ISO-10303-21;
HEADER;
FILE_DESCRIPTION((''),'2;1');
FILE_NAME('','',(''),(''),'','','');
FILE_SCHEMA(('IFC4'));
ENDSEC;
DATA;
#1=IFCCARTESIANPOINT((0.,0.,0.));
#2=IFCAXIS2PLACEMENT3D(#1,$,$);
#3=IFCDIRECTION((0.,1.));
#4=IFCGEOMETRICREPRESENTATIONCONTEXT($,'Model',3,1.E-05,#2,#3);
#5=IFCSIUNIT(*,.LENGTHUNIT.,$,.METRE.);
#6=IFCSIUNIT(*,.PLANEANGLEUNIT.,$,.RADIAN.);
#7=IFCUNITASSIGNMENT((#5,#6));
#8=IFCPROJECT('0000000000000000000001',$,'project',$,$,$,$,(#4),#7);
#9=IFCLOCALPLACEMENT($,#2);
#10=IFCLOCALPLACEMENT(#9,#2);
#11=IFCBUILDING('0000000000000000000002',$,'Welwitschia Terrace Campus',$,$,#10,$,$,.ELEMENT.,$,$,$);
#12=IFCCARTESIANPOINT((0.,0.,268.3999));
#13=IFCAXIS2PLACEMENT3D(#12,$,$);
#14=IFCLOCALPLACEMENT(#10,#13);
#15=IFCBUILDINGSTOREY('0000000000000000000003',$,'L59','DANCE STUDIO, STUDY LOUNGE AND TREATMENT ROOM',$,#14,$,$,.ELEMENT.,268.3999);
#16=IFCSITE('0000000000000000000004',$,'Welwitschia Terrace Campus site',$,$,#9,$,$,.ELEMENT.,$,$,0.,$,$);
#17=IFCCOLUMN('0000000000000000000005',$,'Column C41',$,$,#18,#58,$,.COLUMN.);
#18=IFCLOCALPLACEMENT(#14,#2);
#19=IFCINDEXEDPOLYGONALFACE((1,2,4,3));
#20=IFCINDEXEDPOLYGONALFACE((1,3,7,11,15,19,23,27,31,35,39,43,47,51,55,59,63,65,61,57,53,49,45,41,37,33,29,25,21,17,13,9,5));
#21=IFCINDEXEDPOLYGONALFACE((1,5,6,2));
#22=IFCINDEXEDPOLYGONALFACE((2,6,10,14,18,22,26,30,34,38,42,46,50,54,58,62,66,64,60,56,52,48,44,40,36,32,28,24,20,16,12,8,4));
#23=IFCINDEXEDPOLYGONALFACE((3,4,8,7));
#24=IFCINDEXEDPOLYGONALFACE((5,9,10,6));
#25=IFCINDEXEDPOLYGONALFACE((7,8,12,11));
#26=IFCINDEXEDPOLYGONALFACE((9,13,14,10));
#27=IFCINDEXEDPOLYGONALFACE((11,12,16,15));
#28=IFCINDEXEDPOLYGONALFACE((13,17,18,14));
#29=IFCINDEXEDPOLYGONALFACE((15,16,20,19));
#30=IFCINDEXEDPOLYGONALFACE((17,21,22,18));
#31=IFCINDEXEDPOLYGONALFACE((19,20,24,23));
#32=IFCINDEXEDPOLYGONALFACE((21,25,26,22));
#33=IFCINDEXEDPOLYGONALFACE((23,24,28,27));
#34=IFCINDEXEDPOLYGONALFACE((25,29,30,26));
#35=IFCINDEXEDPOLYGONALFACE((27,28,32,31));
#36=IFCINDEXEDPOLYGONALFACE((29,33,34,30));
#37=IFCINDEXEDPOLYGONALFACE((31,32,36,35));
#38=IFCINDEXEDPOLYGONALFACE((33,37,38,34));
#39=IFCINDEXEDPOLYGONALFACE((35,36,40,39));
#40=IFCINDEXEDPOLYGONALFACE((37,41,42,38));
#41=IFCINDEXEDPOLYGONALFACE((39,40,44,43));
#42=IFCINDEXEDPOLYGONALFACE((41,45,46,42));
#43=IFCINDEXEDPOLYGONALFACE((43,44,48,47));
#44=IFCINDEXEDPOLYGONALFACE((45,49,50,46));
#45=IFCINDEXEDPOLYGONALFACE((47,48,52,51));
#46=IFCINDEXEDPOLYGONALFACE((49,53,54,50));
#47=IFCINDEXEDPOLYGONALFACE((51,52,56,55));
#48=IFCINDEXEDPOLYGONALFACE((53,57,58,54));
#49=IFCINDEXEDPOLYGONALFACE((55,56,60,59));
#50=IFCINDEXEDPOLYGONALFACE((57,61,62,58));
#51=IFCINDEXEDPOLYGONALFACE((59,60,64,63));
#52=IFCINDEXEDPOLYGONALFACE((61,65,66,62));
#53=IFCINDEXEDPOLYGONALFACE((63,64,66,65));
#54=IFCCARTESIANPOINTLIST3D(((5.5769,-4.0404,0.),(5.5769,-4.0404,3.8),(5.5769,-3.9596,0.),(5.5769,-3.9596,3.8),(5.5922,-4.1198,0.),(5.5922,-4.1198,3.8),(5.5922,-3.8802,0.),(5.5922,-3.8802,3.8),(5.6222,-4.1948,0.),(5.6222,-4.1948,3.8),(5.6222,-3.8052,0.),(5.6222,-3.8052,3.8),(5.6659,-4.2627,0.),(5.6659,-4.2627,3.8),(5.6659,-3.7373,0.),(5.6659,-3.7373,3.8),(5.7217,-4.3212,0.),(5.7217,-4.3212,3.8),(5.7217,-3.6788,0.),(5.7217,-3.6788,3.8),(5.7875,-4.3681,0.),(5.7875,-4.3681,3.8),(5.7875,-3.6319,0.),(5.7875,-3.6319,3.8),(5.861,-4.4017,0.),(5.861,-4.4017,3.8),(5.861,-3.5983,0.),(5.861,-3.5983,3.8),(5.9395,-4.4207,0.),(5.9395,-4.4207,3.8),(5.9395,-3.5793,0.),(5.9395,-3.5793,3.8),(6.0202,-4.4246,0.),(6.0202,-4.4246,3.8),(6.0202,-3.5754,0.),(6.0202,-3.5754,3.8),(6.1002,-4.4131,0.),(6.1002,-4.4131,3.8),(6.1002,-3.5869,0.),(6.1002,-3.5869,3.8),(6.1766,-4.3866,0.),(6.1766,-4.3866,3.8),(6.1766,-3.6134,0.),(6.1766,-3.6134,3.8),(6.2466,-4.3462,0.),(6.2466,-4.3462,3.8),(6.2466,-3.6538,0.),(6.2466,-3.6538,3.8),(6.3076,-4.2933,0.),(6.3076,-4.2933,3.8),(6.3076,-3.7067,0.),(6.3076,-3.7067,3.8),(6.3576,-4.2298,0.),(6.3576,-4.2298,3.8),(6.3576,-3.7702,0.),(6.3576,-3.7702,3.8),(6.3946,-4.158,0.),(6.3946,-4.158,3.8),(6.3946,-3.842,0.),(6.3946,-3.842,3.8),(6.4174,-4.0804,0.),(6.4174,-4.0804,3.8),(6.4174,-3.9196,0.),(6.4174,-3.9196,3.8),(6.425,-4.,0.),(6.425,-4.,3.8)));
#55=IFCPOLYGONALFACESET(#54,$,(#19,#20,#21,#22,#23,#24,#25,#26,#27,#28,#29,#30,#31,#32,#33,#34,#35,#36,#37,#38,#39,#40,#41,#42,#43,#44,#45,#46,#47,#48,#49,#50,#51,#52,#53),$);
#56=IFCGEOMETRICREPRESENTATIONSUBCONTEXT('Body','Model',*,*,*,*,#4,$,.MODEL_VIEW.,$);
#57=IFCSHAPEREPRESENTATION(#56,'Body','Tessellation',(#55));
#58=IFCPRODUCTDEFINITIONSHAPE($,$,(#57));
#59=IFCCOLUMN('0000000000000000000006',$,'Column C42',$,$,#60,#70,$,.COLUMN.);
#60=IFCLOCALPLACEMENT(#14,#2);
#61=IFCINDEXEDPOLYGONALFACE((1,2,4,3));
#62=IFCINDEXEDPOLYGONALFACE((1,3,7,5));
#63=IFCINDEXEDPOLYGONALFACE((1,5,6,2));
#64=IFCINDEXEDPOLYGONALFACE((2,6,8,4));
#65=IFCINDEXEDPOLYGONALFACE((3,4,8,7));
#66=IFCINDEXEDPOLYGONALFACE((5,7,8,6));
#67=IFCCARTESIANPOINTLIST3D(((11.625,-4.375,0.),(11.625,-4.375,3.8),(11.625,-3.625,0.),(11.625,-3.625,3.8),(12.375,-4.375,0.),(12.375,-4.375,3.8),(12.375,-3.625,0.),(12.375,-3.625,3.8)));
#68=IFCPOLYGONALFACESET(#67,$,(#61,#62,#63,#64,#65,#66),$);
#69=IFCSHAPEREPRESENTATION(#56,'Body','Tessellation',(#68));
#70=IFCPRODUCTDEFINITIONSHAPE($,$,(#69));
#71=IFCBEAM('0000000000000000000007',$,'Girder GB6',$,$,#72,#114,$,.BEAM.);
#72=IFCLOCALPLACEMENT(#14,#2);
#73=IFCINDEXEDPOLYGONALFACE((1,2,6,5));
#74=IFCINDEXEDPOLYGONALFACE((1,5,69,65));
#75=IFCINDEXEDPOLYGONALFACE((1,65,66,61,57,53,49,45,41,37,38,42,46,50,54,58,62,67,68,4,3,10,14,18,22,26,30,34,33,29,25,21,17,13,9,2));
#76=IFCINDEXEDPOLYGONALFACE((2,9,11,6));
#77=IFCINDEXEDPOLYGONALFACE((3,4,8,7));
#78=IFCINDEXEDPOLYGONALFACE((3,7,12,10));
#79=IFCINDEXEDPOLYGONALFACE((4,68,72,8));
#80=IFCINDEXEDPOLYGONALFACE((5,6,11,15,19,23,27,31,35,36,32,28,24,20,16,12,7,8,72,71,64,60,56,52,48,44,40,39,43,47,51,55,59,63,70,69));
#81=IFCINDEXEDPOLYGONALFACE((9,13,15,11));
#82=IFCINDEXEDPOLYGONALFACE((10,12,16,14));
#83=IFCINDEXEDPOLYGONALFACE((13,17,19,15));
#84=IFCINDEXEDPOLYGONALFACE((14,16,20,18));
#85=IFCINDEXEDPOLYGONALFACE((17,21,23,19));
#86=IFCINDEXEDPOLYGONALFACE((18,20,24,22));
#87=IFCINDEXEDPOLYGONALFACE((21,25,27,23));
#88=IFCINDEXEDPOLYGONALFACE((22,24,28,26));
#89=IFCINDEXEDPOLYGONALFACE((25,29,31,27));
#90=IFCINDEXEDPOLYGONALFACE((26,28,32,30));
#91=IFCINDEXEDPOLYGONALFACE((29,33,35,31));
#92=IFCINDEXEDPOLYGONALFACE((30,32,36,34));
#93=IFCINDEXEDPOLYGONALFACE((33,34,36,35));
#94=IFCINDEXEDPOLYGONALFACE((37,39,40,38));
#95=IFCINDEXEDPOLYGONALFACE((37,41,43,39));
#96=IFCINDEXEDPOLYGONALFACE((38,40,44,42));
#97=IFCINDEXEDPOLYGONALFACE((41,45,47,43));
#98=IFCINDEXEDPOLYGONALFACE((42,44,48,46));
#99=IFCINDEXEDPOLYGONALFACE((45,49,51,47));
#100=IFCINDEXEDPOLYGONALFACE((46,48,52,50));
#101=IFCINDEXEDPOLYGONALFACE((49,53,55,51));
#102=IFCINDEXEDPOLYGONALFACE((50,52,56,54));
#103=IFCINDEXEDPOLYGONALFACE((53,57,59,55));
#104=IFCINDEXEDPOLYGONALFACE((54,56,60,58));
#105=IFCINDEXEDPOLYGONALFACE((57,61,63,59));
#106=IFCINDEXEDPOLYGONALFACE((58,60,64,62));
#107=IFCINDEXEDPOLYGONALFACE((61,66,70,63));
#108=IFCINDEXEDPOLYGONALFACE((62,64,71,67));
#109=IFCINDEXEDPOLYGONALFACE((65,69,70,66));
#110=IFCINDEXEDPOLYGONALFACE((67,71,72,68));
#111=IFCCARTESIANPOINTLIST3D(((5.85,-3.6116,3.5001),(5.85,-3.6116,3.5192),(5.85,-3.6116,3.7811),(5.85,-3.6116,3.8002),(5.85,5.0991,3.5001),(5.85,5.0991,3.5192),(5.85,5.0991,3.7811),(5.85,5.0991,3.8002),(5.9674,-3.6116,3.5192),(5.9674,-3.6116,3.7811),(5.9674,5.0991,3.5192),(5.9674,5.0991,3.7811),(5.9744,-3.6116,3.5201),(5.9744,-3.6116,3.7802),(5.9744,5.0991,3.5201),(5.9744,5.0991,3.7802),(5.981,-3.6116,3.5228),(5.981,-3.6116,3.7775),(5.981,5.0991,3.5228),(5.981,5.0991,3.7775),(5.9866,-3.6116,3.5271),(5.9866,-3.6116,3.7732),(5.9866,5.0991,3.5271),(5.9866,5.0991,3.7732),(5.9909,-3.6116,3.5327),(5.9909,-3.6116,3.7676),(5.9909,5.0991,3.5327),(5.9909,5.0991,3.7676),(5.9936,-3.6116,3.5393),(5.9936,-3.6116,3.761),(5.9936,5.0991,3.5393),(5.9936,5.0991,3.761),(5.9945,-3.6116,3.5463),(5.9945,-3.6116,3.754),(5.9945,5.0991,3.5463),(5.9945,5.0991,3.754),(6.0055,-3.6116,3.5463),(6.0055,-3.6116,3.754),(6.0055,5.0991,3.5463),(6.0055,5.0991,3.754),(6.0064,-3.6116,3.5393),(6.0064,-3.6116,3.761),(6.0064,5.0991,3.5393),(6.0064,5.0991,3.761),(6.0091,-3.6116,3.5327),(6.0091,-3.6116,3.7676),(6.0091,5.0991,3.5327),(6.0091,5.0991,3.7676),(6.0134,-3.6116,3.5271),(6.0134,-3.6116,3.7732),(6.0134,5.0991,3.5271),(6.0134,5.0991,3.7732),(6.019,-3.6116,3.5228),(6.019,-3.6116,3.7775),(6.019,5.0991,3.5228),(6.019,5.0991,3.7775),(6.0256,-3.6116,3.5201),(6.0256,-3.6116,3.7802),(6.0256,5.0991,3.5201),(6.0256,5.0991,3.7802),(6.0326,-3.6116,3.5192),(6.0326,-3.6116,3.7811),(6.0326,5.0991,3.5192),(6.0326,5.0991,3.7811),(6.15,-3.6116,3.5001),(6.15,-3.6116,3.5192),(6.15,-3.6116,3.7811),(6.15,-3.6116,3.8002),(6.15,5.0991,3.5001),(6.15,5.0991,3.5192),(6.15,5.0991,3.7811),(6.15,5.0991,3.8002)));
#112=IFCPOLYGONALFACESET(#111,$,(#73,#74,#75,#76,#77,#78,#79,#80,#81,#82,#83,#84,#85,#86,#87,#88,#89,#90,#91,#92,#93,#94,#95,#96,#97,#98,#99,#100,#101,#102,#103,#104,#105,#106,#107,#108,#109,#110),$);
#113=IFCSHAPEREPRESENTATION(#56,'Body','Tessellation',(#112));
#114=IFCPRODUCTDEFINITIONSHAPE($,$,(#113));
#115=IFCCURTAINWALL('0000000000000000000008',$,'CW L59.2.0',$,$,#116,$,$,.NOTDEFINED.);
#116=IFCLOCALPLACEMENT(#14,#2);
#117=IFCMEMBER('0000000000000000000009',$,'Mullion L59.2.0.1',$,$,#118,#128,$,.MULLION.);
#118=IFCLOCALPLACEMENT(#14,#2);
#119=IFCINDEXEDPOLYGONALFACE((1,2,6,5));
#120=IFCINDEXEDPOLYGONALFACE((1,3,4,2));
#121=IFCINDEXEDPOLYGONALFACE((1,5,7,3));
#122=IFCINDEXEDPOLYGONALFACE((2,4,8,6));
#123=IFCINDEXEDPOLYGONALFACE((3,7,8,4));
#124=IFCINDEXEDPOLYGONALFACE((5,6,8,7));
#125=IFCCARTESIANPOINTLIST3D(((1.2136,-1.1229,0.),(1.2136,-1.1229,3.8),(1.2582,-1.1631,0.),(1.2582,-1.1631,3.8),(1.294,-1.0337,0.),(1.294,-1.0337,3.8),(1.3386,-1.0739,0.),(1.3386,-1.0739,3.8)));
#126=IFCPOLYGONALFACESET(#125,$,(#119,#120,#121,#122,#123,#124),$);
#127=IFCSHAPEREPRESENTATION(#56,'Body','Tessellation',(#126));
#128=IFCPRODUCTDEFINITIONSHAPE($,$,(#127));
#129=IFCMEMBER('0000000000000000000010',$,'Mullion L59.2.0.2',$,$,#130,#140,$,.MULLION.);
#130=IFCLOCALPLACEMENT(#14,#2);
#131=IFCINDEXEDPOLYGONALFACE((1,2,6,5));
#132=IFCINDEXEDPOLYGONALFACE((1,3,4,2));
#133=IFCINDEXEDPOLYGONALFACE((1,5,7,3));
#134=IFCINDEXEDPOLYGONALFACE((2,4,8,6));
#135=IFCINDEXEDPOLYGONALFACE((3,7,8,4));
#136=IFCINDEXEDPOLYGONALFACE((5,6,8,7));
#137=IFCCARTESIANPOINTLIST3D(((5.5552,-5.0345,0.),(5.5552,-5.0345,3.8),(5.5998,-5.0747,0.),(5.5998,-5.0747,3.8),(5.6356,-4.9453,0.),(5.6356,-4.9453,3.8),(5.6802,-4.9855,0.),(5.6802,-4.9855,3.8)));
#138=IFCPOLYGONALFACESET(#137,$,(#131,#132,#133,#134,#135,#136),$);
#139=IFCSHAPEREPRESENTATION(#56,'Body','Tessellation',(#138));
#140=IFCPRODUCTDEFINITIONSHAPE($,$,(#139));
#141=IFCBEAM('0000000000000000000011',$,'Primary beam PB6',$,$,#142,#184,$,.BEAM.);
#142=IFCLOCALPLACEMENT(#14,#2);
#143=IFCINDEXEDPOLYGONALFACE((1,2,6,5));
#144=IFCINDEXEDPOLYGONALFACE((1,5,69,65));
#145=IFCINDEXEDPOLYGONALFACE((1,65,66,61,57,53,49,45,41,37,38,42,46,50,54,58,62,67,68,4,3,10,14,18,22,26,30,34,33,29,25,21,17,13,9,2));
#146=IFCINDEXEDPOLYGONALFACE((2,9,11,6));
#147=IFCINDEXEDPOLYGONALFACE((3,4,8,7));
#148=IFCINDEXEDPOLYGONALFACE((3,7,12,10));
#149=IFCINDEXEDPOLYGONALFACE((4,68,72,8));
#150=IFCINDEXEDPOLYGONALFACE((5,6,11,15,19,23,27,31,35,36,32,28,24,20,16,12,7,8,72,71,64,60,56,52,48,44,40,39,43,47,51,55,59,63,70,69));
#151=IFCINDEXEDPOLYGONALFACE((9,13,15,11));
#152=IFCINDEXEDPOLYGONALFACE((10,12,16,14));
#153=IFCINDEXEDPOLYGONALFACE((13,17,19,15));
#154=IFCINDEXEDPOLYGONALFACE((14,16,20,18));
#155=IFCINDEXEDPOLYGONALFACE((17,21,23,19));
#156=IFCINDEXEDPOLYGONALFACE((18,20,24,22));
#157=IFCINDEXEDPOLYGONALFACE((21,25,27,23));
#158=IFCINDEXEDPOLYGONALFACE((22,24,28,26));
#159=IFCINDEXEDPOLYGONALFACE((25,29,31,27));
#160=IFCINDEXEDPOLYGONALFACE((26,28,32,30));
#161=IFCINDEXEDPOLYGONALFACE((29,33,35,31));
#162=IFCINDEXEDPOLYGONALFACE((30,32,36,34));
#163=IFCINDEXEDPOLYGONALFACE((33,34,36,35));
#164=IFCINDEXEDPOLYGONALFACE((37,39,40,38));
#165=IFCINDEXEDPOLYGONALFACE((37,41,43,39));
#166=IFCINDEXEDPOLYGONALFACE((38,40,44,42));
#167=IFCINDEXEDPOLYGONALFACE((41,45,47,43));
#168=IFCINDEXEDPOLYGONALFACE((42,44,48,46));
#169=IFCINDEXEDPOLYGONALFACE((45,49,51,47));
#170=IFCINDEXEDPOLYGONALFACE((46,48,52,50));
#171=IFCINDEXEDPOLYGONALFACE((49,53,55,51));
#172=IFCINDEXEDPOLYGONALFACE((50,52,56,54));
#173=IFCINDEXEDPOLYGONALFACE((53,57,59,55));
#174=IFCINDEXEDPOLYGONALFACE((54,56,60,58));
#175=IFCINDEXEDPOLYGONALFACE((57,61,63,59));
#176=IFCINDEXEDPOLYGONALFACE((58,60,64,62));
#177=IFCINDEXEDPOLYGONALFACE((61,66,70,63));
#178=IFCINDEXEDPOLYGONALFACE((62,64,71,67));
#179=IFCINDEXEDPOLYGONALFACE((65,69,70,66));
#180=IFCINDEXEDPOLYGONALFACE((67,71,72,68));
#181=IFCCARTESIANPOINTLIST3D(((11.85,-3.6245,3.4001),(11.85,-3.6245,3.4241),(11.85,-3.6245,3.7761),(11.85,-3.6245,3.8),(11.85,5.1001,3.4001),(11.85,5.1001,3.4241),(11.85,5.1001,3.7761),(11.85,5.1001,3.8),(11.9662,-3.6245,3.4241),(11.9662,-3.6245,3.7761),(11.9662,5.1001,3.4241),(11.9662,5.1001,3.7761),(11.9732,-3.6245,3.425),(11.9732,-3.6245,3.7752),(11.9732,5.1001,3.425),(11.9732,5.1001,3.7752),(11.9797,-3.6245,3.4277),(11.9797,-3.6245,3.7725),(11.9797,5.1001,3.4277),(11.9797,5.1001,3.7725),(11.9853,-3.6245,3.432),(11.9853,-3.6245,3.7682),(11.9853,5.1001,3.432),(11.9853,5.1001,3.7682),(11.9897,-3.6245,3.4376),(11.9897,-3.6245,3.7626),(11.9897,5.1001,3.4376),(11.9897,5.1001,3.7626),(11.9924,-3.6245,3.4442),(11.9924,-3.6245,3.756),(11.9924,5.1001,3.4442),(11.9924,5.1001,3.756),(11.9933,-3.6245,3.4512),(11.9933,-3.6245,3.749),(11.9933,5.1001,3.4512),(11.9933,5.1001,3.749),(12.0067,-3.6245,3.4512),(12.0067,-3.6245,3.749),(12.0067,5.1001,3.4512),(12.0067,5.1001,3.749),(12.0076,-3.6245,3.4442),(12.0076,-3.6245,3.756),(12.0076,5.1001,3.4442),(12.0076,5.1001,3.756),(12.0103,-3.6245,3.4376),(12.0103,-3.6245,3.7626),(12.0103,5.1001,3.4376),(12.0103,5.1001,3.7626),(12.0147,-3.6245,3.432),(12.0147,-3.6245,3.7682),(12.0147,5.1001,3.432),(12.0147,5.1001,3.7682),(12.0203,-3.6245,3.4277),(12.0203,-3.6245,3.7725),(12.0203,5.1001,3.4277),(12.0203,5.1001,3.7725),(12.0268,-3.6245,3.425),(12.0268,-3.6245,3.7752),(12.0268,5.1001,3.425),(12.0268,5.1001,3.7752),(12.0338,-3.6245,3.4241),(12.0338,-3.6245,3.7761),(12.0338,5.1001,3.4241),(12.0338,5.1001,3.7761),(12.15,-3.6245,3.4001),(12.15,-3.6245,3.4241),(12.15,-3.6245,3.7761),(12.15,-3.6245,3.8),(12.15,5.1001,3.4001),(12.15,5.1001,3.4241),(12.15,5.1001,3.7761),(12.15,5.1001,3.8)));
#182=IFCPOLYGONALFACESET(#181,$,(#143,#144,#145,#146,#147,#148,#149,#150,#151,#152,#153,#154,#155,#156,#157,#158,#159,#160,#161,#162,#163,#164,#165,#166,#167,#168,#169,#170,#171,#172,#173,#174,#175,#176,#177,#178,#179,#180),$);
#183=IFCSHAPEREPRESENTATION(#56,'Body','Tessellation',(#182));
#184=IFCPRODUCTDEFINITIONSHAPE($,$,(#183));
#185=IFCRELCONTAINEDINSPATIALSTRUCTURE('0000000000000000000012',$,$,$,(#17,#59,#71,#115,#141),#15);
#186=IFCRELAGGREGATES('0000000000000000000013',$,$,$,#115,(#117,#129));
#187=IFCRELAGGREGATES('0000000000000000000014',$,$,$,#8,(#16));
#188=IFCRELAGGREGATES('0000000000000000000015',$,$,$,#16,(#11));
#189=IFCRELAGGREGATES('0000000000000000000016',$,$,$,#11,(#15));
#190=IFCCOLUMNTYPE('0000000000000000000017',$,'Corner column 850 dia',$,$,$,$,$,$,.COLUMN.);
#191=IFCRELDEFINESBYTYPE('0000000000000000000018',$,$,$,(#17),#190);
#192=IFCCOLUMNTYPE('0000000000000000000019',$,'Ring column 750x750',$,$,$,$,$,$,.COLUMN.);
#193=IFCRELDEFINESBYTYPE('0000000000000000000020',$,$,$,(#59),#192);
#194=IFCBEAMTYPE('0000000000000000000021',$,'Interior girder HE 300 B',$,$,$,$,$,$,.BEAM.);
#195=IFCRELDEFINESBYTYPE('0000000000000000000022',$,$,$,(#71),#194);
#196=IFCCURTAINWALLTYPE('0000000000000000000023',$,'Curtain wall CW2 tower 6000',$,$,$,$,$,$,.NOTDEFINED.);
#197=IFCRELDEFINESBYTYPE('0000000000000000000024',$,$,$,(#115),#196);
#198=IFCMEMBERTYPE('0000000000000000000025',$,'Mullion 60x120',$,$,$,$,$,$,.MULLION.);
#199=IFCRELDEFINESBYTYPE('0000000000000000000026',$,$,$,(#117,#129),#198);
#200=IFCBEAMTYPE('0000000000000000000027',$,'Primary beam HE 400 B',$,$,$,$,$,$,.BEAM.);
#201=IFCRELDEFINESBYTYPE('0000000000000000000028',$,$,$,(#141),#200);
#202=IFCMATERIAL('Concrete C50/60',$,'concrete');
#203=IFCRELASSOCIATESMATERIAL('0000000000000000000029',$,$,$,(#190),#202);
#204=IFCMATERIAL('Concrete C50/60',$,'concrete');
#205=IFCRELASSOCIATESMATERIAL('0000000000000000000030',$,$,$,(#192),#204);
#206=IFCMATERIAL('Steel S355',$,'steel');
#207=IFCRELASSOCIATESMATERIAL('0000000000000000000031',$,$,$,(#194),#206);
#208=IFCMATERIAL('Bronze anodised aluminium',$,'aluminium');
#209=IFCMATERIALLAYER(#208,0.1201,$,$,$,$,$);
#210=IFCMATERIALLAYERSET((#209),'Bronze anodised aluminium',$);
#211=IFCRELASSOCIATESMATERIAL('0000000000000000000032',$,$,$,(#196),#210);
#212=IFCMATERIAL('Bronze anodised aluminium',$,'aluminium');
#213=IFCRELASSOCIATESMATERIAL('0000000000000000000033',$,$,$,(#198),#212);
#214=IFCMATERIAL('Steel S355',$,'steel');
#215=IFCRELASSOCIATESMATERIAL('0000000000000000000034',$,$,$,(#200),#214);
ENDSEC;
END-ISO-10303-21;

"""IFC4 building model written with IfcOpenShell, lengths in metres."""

from ifc_helpers import new_model, si_unit, direction, frame, origin, origin_2d, place, context, subcontext, project, spatial, rectangle, circle, i_section, extrude, material, layer, layer_set, material_profile, profile_set, type_object, element, aggregate, save


model = new_model("IFC4")

# Units and contexts
model_context = context("Model", 3, precision=1e-05, world=origin(), true_north=direction((0.0, 1.0)))
body_context = subcontext(model_context, "Body", "Model", "MODEL_VIEW")
ifc_project = project(units=[si_unit("LENGTHUNIT", "METRE"), si_unit("PLANEANGLEUNIT", "RADIAN")], contexts=[model_context])

# Site, building, storey
site_placement = place(None, origin())
site = spatial("IfcSite", under=ifc_project, at=site_placement, Name="Welwitschia Terrace Campus site", CompositionType="ELEMENT", RefElevation=0.0)
building_placement = place(site_placement, origin())
building = spatial("IfcBuilding", under=site, at=building_placement, Name="Welwitschia Terrace Campus", CompositionType="ELEMENT")
storey_placement = place(building_placement, frame((0.0, 0.0, 268.3999)))
storey = spatial("IfcBuildingStorey", under=building, at=storey_placement, Name="L59", Description="DANCE STUDIO, STUDY LOUNGE AND TREATMENT ROOM", CompositionType="ELEMENT", Elevation=268.3999)

# Columns
ifc_material_1 = material(Name="Concrete C50/60", Category="concrete")
ifc_material_profile_1 = material_profile(ifc_material_1, circle(Radius=0.425, at=origin_2d()))
ifc_profile_set_1 = profile_set([ifc_material_profile_1], Name="Concrete C50/60")
column_type_1 = type_object("IfcColumnType", Name="Corner column 850 dia", PredefinedType="COLUMN", material=ifc_profile_set_1)
column_1_placement = place(storey_placement, frame((6.0, -4.0, 0.0), z_axis=(0.0, 0.0, 1.0), x_axis=(1.0, 0.0, 0.0)))
element("IfcColumn", 1, at=column_1_placement, inside=storey, type_object=column_type_1, Name="Column C41", PredefinedType="COLUMN", context=body_context, shape_type="SweptSolid", body=[
    extrude(circle(Radius=0.425, at=origin_2d()), origin(), (0.0, 0.0, 1.0), 3.8),
])
ifc_material_2 = material(Name="Concrete C50/60", Category="concrete")
ifc_material_profile_2 = material_profile(ifc_material_2, rectangle(XDim=0.75, YDim=0.75, at=origin_2d()))
ifc_profile_set_2 = profile_set([ifc_material_profile_2], Name="Concrete C50/60")
column_type_2 = type_object("IfcColumnType", Name="Ring column 750x750", PredefinedType="COLUMN", material=ifc_profile_set_2)
column_2_placement = place(storey_placement, frame((12.0, -4.0, 0.0), z_axis=(0.0, 0.0, 1.0), x_axis=(1.0, 0.0, 0.0)))
element("IfcColumn", 2, at=column_2_placement, inside=storey, type_object=column_type_2, Name="Column C42", PredefinedType="COLUMN", context=body_context, shape_type="SweptSolid", body=[
    extrude(rectangle(XDim=0.75, YDim=0.75, at=origin_2d()), origin(), (0.0, 0.0, 1.0), 3.8),
])

# Beam
ifc_material_3 = material(Name="Steel S355", Category="steel")
ifc_material_profile_3 = material_profile(ifc_material_3, i_section(OverallWidth=0.3, OverallDepth=0.3, WebThickness=0.011, FlangeThickness=0.019, FilletRadius=0.0271, at=origin_2d()))
ifc_profile_set_3 = profile_set([ifc_material_profile_3], Name="Steel S355")
beam_type_1 = type_object("IfcBeamType", Name="Interior girder HE 300 B", PredefinedType="BEAM", material=ifc_profile_set_3)
beam_1_placement = place(storey_placement, frame((6.0, -3.6116, 3.6501), z_axis=(0.0, 1.0, 0.0), x_axis=(-1.0, 0.0, 0.0)))
element("IfcBeam", 3, at=beam_1_placement, inside=storey, type_object=beam_type_1, Name="Girder GB6", PredefinedType="BEAM", context=body_context, shape_type="SweptSolid", body=[
    extrude(i_section(OverallWidth=0.3, OverallDepth=0.3, WebThickness=0.011, FlangeThickness=0.019, FilletRadius=0.0271, at=origin_2d()), origin(), (0.0, 0.0, 1.0), 8.7107),
])

# Curtain wall, members
ifc_material_4 = material(Name="Bronze anodised aluminium", Category="aluminium")
ifc_layer_1 = layer(ifc_material_4, 0.1201)
ifc_layer_set_1 = layer_set([ifc_layer_1], Name="Bronze anodised aluminium")
curtain_wall_type = type_object("IfcCurtainWallType", Name="Curtain wall CW2 tower 6000", PredefinedType="NOTDEFINED", material=ifc_layer_set_1)
curtain_wall_placement = place(storey_placement, origin())
curtain_wall = element("IfcCurtainWall", 4, at=curtain_wall_placement, inside=storey, type_object=curtain_wall_type, Name="CW L59.2.0", PredefinedType="NOTDEFINED")
ifc_material_5 = material(Name="Bronze anodised aluminium", Category="aluminium")
ifc_material_profile_4 = material_profile(ifc_material_5, rectangle(XDim=0.1201, YDim=0.0601, at=origin_2d()))
ifc_profile_set_4 = profile_set([ifc_material_profile_4], Name="Bronze anodised aluminium")
member_type = type_object("IfcMemberType", Name="Mullion 60x120", PredefinedType="MULLION", material=ifc_profile_set_4)
member_1_placement = place(storey_placement, frame((1.2761, -1.0984, 0.0), z_axis=(0.0, 0.0, 1.0), x_axis=(0.669359, 0.742939, 0.0)))
member_1 = element("IfcMember", 5, at=member_1_placement, type_object=member_type, Name="Mullion L59.2.0.1", PredefinedType="MULLION", context=body_context, shape_type="SweptSolid", body=[
    extrude(rectangle(XDim=0.1201, YDim=0.0601, at=origin_2d()), origin(), (0.0, 0.0, 1.0), 3.8),
])
member_2_placement = place(storey_placement, frame((5.6177, -5.01, 0.0), z_axis=(0.0, 0.0, 1.0), x_axis=(0.669359, 0.742939, 0.0)))
member_2 = element("IfcMember", 6, at=member_2_placement, type_object=member_type, Name="Mullion L59.2.0.2", PredefinedType="MULLION", context=body_context, shape_type="SweptSolid", body=[
    extrude(rectangle(XDim=0.1201, YDim=0.0601, at=origin_2d()), origin(), (0.0, 0.0, 1.0), 3.8),
])

# Beam
ifc_material_6 = material(Name="Steel S355", Category="steel")
ifc_material_profile_5 = material_profile(ifc_material_6, i_section(OverallWidth=0.3, OverallDepth=0.3999, WebThickness=0.0134, FlangeThickness=0.0239, FilletRadius=0.0271, at=origin_2d()))
ifc_profile_set_5 = profile_set([ifc_material_profile_5], Name="Steel S355")
beam_type_2 = type_object("IfcBeamType", Name="Primary beam HE 400 B", PredefinedType="BEAM", material=ifc_profile_set_5)
beam_2_placement = place(storey_placement, frame((12.0, -3.6245, 3.6001), z_axis=(0.0, 1.0, 0.0), x_axis=(-1.0, 0.0, 0.0)))
element("IfcBeam", 7, at=beam_2_placement, inside=storey, type_object=beam_type_2, Name="Primary beam PB6", PredefinedType="BEAM", context=body_context, shape_type="SweptSolid", body=[
    extrude(i_section(OverallWidth=0.3, OverallDepth=0.3999, WebThickness=0.0134, FlangeThickness=0.0239, FilletRadius=0.0271, at=origin_2d()), origin(), (0.0, 0.0, 1.0), 8.7246),
])

aggregate(curtain_wall, [member_1, member_2])

save(model, "model.ifc")
